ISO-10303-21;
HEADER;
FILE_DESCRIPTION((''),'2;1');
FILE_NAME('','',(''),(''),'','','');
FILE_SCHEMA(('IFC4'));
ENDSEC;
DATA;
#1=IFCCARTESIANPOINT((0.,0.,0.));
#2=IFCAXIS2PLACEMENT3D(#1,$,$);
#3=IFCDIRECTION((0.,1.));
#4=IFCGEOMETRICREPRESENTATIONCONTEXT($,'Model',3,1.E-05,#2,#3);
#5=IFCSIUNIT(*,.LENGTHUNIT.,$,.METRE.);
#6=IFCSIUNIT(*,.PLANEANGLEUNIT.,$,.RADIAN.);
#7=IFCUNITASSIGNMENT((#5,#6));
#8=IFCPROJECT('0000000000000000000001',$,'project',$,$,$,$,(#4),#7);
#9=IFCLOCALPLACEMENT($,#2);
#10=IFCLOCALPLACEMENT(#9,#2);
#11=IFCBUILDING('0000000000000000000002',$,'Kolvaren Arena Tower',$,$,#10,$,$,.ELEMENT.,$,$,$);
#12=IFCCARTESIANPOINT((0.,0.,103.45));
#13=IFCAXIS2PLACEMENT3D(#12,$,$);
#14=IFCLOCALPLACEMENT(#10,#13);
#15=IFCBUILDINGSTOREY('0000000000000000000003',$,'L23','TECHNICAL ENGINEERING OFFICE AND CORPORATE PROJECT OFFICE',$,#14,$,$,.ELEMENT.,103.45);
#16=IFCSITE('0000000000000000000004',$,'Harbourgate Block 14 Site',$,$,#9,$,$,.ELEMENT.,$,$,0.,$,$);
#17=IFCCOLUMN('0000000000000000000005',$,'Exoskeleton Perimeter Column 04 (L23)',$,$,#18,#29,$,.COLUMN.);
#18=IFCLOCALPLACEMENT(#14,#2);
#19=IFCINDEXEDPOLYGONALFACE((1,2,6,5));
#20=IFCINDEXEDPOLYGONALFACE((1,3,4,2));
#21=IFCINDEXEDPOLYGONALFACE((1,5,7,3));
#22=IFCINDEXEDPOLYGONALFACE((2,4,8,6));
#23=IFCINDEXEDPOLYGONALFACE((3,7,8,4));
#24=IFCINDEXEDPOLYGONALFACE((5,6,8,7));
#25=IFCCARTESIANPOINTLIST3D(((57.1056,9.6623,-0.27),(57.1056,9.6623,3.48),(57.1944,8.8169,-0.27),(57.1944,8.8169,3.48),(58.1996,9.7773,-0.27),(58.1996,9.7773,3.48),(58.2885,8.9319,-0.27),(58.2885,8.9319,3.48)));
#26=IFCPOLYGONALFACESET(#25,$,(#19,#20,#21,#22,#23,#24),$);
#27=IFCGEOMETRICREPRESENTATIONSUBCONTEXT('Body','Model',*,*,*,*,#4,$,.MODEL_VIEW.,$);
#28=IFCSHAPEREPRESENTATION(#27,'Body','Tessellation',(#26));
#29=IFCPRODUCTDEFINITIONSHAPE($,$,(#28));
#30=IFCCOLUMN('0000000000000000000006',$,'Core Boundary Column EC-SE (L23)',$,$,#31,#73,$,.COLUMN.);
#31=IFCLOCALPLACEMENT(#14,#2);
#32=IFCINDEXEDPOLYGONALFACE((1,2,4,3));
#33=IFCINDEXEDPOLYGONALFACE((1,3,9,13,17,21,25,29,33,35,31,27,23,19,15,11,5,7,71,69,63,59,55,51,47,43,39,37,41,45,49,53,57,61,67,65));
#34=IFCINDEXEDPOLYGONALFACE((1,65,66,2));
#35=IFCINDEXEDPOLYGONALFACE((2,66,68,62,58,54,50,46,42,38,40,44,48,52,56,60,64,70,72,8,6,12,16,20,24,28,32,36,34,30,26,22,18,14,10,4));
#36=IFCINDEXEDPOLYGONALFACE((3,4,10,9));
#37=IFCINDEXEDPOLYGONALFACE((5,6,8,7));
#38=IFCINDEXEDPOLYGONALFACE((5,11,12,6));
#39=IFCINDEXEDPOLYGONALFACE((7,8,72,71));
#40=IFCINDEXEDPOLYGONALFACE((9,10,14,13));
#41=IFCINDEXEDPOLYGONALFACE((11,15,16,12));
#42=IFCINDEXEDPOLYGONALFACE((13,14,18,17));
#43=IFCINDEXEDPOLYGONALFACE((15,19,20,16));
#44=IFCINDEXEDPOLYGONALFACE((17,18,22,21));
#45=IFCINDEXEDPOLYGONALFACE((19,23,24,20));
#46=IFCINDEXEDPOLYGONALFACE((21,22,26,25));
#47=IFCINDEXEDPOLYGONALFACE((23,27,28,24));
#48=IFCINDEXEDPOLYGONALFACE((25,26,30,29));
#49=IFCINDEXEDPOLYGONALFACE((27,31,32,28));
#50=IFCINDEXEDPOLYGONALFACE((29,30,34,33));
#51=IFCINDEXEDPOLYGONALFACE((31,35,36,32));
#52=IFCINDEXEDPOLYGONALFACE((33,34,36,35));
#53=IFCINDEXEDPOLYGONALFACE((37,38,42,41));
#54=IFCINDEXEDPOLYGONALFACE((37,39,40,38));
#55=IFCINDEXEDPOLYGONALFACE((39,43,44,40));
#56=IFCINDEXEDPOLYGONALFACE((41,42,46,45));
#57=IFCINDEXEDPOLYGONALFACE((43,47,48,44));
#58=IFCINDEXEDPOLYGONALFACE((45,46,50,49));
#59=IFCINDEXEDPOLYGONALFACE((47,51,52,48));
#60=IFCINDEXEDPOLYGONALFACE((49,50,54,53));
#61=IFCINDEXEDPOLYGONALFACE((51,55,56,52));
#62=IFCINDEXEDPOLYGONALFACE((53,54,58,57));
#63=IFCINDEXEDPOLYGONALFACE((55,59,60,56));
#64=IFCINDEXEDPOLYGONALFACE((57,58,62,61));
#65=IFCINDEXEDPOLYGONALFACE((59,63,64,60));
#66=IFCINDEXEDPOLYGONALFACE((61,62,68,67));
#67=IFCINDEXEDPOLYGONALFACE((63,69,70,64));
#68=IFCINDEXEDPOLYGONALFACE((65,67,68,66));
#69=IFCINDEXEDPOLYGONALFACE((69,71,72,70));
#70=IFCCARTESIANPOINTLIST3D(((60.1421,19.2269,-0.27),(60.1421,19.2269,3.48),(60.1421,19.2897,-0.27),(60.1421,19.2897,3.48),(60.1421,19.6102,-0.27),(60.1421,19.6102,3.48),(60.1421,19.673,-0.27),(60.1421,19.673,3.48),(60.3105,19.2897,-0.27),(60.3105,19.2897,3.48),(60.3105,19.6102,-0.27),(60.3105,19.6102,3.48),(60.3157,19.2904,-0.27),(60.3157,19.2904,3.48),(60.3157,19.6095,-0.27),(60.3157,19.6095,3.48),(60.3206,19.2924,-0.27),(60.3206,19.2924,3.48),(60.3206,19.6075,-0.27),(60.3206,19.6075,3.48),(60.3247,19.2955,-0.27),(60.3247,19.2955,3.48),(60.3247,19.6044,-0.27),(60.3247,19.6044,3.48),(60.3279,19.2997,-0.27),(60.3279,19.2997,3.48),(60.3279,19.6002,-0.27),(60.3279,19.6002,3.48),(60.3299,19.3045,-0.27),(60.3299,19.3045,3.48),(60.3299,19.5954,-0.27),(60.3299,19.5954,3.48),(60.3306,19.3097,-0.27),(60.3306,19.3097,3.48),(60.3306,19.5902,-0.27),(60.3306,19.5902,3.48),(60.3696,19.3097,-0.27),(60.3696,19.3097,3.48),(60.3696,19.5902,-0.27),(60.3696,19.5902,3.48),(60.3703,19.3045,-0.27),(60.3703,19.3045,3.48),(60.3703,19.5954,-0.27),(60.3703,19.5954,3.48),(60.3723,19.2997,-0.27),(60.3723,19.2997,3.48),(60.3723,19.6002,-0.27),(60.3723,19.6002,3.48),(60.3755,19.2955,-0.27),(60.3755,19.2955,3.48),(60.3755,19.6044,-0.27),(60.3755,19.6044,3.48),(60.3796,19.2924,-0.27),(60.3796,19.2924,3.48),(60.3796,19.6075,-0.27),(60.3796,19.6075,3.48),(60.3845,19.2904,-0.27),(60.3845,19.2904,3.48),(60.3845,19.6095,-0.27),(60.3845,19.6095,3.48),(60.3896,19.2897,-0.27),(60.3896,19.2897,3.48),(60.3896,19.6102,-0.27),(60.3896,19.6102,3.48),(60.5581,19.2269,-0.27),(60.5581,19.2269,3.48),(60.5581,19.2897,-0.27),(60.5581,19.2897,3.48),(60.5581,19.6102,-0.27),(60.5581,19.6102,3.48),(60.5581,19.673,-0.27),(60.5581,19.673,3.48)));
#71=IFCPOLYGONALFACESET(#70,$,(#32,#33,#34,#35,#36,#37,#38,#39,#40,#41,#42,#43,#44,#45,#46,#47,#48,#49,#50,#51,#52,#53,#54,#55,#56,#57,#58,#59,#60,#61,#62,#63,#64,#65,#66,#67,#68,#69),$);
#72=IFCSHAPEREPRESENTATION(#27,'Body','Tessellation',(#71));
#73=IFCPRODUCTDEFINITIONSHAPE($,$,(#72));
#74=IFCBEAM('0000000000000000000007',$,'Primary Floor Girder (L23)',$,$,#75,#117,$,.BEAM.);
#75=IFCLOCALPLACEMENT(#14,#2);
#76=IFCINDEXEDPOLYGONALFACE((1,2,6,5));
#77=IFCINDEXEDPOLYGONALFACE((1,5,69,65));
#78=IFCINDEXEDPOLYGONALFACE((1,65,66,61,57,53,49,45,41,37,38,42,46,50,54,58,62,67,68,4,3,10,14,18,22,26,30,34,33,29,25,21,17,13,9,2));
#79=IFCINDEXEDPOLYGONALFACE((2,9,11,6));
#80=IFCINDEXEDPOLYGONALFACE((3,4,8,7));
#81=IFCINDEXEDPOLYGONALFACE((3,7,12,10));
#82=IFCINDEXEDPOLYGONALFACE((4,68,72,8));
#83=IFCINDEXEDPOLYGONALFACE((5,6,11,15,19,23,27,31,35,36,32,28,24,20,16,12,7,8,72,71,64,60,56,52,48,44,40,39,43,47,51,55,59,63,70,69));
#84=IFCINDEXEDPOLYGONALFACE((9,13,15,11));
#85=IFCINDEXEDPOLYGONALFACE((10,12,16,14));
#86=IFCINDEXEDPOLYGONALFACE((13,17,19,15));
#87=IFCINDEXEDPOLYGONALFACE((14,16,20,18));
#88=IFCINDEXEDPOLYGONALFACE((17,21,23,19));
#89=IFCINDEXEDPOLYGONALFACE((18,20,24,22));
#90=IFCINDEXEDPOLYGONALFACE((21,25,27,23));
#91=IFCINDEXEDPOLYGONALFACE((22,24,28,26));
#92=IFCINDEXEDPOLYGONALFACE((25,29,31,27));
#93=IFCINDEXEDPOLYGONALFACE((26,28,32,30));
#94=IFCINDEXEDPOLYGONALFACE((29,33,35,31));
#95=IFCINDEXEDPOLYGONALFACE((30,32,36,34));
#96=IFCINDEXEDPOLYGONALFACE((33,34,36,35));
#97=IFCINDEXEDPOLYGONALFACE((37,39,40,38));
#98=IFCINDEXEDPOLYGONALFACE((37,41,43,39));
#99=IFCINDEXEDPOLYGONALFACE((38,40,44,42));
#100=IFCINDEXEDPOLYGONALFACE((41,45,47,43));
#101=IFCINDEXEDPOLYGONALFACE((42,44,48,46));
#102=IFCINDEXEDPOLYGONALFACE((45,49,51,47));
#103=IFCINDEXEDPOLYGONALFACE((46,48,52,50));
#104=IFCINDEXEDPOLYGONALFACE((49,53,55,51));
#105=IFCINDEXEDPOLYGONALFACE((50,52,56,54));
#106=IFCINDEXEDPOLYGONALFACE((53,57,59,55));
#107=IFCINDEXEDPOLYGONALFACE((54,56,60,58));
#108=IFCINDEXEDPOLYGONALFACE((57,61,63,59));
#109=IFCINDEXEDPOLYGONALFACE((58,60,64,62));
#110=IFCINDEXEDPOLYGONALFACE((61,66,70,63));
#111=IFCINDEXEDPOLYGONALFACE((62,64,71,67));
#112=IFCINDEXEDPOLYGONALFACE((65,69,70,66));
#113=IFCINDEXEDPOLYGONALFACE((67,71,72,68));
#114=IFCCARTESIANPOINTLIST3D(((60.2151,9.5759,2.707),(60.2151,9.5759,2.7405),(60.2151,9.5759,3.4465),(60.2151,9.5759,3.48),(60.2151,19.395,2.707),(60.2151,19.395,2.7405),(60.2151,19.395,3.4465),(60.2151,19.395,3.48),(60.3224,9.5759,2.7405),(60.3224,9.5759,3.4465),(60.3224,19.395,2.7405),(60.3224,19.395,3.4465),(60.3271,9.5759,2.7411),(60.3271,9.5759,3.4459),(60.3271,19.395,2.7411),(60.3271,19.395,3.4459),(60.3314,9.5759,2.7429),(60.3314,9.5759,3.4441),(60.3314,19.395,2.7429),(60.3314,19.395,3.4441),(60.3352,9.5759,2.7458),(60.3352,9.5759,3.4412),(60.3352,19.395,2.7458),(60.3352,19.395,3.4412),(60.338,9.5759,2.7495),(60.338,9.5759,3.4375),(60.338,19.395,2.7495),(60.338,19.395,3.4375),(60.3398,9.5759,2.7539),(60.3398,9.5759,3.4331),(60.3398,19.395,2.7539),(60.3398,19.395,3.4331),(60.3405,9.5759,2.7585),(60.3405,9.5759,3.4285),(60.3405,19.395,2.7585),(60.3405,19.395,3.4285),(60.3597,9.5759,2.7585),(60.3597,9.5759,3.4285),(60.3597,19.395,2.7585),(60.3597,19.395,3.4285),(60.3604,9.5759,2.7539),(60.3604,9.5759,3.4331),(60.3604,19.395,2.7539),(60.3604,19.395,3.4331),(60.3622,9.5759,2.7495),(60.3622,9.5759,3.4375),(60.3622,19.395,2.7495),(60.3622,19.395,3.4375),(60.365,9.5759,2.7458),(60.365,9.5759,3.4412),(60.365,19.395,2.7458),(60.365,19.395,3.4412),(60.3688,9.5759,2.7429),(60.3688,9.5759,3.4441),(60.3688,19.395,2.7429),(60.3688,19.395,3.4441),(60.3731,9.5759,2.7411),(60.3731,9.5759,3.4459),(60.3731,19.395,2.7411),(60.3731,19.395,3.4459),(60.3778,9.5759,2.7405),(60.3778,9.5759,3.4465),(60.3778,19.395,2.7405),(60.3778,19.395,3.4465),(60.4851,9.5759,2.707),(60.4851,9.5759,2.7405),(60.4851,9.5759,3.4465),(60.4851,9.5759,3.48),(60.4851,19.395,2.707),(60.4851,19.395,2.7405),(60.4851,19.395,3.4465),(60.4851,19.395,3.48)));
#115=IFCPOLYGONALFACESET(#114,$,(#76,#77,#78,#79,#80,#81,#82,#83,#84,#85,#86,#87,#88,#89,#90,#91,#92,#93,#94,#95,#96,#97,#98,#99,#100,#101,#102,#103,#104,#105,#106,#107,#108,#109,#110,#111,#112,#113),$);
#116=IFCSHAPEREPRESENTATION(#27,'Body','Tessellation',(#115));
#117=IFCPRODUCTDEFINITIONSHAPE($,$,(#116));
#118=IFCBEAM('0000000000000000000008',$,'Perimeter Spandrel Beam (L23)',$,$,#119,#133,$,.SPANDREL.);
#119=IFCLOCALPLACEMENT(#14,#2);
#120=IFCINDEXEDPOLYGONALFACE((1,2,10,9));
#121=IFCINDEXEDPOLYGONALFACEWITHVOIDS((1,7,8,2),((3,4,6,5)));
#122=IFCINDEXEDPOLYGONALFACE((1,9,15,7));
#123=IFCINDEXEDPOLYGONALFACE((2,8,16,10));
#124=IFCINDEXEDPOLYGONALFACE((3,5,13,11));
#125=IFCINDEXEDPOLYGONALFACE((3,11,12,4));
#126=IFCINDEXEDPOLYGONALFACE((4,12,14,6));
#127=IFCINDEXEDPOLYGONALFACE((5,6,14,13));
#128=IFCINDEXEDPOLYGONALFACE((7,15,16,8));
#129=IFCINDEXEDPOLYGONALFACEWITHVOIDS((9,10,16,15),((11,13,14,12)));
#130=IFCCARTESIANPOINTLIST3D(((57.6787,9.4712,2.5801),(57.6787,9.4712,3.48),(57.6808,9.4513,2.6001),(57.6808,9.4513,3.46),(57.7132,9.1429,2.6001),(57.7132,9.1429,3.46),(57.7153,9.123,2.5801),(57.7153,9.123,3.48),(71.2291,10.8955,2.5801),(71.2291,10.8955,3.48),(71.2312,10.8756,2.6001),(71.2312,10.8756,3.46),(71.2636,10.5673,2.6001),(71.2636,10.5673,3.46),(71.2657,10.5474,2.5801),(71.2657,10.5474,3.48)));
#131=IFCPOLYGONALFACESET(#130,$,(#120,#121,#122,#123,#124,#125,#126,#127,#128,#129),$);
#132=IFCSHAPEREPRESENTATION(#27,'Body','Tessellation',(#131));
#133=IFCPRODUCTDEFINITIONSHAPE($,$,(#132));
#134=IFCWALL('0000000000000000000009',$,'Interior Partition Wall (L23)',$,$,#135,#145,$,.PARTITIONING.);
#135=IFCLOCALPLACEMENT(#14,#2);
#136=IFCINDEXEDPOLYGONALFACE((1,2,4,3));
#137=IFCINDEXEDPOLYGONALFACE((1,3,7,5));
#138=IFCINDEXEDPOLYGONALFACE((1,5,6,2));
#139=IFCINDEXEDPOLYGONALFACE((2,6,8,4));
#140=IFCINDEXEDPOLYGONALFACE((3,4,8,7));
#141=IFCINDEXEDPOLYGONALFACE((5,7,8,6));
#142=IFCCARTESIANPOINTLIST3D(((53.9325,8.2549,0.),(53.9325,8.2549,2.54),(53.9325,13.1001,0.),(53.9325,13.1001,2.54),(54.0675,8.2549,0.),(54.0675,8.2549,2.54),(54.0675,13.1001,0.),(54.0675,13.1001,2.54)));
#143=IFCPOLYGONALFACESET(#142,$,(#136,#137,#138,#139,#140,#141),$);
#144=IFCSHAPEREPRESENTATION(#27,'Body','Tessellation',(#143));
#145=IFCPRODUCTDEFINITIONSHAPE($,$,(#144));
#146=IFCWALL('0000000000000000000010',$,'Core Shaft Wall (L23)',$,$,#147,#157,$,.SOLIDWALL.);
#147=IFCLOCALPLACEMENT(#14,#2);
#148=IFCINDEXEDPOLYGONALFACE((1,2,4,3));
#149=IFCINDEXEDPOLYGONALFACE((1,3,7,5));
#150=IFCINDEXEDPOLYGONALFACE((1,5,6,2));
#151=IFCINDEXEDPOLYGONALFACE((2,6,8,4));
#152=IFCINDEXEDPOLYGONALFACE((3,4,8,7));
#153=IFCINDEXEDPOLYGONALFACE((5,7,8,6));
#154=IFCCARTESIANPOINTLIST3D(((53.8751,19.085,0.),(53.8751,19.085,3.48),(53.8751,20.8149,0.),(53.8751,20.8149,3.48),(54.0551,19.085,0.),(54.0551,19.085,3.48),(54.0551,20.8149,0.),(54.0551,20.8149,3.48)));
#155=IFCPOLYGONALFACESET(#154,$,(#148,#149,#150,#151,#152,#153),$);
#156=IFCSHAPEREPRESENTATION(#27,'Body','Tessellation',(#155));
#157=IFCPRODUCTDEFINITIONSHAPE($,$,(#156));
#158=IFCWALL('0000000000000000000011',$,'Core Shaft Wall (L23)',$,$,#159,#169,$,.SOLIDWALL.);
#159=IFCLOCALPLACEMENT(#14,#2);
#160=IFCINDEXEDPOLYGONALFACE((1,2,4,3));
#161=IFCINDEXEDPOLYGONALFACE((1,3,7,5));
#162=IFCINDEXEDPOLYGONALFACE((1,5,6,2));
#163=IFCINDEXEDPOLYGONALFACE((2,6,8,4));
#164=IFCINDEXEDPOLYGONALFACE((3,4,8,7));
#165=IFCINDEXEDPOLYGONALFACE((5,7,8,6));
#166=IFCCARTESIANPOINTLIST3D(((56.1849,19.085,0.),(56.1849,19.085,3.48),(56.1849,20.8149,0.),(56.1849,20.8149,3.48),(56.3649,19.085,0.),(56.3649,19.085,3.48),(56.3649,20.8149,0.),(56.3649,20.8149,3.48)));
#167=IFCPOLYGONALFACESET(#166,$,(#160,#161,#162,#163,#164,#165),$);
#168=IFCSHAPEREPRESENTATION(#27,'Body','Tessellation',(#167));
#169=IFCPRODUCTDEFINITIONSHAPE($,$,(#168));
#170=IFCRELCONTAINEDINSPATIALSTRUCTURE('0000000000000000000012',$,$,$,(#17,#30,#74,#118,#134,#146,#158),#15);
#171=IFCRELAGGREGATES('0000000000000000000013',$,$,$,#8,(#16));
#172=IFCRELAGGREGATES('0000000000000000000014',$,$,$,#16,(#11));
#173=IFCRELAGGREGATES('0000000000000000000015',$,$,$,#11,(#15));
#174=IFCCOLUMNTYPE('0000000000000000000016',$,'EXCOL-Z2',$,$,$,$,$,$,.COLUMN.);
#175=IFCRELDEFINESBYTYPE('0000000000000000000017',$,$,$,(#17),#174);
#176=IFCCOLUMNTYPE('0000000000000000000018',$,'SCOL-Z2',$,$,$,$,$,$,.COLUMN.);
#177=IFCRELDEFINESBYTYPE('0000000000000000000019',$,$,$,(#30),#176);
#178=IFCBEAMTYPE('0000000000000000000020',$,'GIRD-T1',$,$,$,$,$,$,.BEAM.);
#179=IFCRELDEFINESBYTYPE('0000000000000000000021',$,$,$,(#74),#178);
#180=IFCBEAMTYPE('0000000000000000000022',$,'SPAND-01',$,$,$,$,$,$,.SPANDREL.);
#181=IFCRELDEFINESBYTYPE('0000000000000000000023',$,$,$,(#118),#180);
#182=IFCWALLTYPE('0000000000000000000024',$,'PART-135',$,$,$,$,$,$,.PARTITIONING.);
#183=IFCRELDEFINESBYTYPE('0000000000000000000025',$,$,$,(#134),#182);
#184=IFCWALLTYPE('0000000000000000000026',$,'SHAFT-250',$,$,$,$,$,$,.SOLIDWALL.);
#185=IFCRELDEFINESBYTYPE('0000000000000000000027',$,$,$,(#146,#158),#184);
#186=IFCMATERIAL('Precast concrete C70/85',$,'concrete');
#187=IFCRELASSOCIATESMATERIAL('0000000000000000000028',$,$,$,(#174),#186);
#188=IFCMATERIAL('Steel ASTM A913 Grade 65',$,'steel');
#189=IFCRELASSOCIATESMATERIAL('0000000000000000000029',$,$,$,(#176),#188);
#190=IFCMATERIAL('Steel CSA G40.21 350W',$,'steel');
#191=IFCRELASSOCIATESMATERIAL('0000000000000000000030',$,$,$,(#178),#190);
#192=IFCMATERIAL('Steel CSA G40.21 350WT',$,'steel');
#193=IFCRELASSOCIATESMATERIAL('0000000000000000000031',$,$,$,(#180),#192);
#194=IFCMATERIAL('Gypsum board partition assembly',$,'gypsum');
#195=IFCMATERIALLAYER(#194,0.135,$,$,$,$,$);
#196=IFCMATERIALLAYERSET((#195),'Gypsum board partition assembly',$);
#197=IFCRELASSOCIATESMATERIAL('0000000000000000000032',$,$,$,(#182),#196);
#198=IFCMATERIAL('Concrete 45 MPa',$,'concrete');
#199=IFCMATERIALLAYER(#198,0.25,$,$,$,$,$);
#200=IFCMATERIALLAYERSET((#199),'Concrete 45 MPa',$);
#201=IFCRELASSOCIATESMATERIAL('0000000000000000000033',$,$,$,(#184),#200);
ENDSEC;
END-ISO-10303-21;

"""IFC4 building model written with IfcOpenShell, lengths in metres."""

from ifc_helpers import new_model, si_unit, direction, frame, frame_2d, origin, origin_2d, place, context, subcontext, project, spatial, rectangle, hollow_rectangle, i_section, extrude, material, layer, layer_set, material_profile, profile_set, type_object, element, save


model = new_model("IFC4")

# Units and contexts
model_context = context("Model", 3, precision=1e-05, world=origin(), true_north=direction((0.0, 1.0)))
body_context = subcontext(model_context, "Body", "Model", "MODEL_VIEW")
ifc_project = project(units=[si_unit("LENGTHUNIT", "METRE"), si_unit("PLANEANGLEUNIT", "RADIAN")], contexts=[model_context])

# Site, building, storey
site_placement = place(None, origin())
site = spatial("IfcSite", under=ifc_project, at=site_placement, Name="Harbourgate Block 14 Site", CompositionType="ELEMENT", RefElevation=0.0)
building_placement = place(site_placement, origin())
building = spatial("IfcBuilding", under=site, at=building_placement, Name="Kolvaren Arena Tower", CompositionType="ELEMENT")
storey_placement = place(building_placement, frame((0.0, 0.0, 103.45)))
storey = spatial("IfcBuildingStorey", under=building, at=storey_placement, Name="L23", Description="TECHNICAL ENGINEERING OFFICE AND CORPORATE PROJECT OFFICE", CompositionType="ELEMENT", Elevation=103.45)

# Columns
ifc_material_1 = material(Name="Precast concrete C70/85", Category="concrete")
ifc_material_profile_1 = material_profile(ifc_material_1, rectangle(XDim=1.1001, YDim=0.8501, at=origin_2d()), Name="RC-1100x850")
ifc_profile_set_1 = profile_set([ifc_material_profile_1], Name="Precast concrete C70/85")
column_type_1 = type_object("IfcColumnType", Name="EXCOL-Z2", PredefinedType="COLUMN", material=ifc_profile_set_1)
column_1_placement = place(storey_placement, frame((57.697, 9.2971, -0.27), z_axis=(0.0, 0.0, 1.0), x_axis=(0.994522, 0.104528, 0.0)))
element("IfcColumn", 1, at=column_1_placement, inside=storey, type_object=column_type_1, Name="Exoskeleton Perimeter Column 04 (L23)", PredefinedType="COLUMN", context=body_context, shape_type="SweptSolid", body=[
    extrude(rectangle(XDim=1.1001, YDim=0.8501, at=origin_2d()), origin(), (0.0, 0.0, 1.0), 3.75),
])
ifc_material_2 = material(Name="Steel ASTM A913 Grade 65", Category="steel")
ifc_material_profile_2 = material_profile(ifc_material_2, i_section(OverallWidth=0.416, OverallDepth=0.446, WebThickness=0.0391, FlangeThickness=0.0627, FilletRadius=0.02, at=origin_2d()), Name="W360x509")
ifc_profile_set_2 = profile_set([ifc_material_profile_2], Name="Steel ASTM A913 Grade 65")
column_type_2 = type_object("IfcColumnType", Name="SCOL-Z2", PredefinedType="COLUMN", material=ifc_profile_set_2)
column_2_placement = place(storey_placement, frame((60.3501, 19.45, -0.27), z_axis=(0.0, 0.0, 1.0), x_axis=(1.0, 0.0, 0.0)))
element("IfcColumn", 2, at=column_2_placement, inside=storey, type_object=column_type_2, Name="Core Boundary Column EC-SE (L23)", PredefinedType="COLUMN", context=body_context, shape_type="SweptSolid", body=[
    extrude(i_section(OverallWidth=0.416, OverallDepth=0.446, WebThickness=0.0391, FlangeThickness=0.0627, FilletRadius=0.02, at=origin_2d()), origin(), (0.0, 0.0, 1.0), 3.75),
])

# Beams
ifc_material_3 = material(Name="Steel CSA G40.21 350W", Category="steel")
ifc_material_profile_3 = material_profile(ifc_material_3, i_section(OverallWidth=0.27, OverallDepth=0.7729, WebThickness=0.0193, FlangeThickness=0.0334, FilletRadius=0.0181, at=origin_2d()), Name="W760x257")
ifc_profile_set_3 = profile_set([ifc_material_profile_3], Name="Steel CSA G40.21 350W")
beam_type_1 = type_object("IfcBeamType", Name="GIRD-T1", PredefinedType="BEAM", material=ifc_profile_set_3)
beam_1_placement = place(storey_placement, frame((60.3501, 9.5759, 3.0935), z_axis=(0.0, 1.0, 0.0), x_axis=(-1.0, 0.0, 0.0)))
element("IfcBeam", 3, at=beam_1_placement, inside=storey, type_object=beam_type_1, Name="Primary Floor Girder (L23)", PredefinedType="BEAM", context=body_context, shape_type="SweptSolid", body=[
    extrude(i_section(OverallWidth=0.27, OverallDepth=0.7729, WebThickness=0.0193, FlangeThickness=0.0334, FilletRadius=0.0181, at=origin_2d()), origin(), (0.0, 0.0, 1.0), 9.8191),
])
ifc_material_4 = material(Name="Steel CSA G40.21 350WT", Category="steel")
ifc_material_profile_4 = material_profile(ifc_material_4, hollow_rectangle(XDim=0.3501, YDim=0.8999, WallThickness=0.02, at=origin_2d()), Name="HSS 900x350x20")
ifc_profile_set_4 = profile_set([ifc_material_profile_4], Name="Steel CSA G40.21 350WT")
beam_type_2 = type_object("IfcBeamType", Name="SPAND-01", PredefinedType="SPANDREL", material=ifc_profile_set_4)
beam_2_placement = place(storey_placement, frame((57.697, 9.2971, 3.03), z_axis=(0.994521, 0.104537, 0.0), x_axis=(-0.104537, 0.994521, 0.0)))
element("IfcBeam", 4, at=beam_2_placement, inside=storey, type_object=beam_type_2, Name="Perimeter Spandrel Beam (L23)", PredefinedType="SPANDREL", context=body_context, shape_type="SweptSolid", body=[
    extrude(hollow_rectangle(XDim=0.3501, YDim=0.8999, WallThickness=0.02, at=origin_2d()), origin(), (0.0, 0.0, 1.0), 13.625),
])

# Walls
ifc_material_5 = material(Name="Gypsum board partition assembly", Category="gypsum")
ifc_layer_1 = layer(ifc_material_5, 0.135)
ifc_layer_set_1 = layer_set([ifc_layer_1], Name="Gypsum board partition assembly")
wall_type_1 = type_object("IfcWallType", Name="PART-135", PredefinedType="PARTITIONING", material=ifc_layer_set_1)
wall_1_placement = place(storey_placement, frame((54.0, 8.2549, 0.0), z_axis=(0.0, 0.0, 1.0), x_axis=(0.0, 1.0, 0.0)))
element("IfcWall", 5, at=wall_1_placement, inside=storey, type_object=wall_type_1, Name="Interior Partition Wall (L23)", PredefinedType="PARTITIONING", context=body_context, shape_type="SweptSolid", body=[
    extrude(rectangle(XDim=4.8452, YDim=0.135, at=frame_2d((2.4226, 0.0))), origin(), (0.0, 0.0, 1.0), 2.54),
])
ifc_material_6 = material(Name="Concrete 45 MPa", Category="concrete")
ifc_layer_2 = layer(ifc_material_6, 0.25)
ifc_layer_set_2 = layer_set([ifc_layer_2], Name="Concrete 45 MPa")
wall_type_2 = type_object("IfcWallType", Name="SHAFT-250", PredefinedType="SOLIDWALL", material=ifc_layer_set_2)
for number, where, z_axis, x_axis, name in (
    (6, (53.9651, 19.085, 0.0), (0.0, 0.0, 1.0), (0.0, 1.0, 0.0), "Core Shaft Wall (L23)"),
    (7, (56.2749, 19.085, 0.0), (0.0, 0.0, 1.0), (0.0, 1.0, 0.0), "Core Shaft Wall (L23)"),
):
    element("IfcWall", number, at=place(storey_placement, frame(where, z_axis=z_axis, x_axis=x_axis)), inside=storey, type_object=wall_type_2, Name=name, PredefinedType="SOLIDWALL", context=body_context, shape_type="SweptSolid", body=[
        extrude(rectangle(XDim=1.73, YDim=0.1799, at=frame_2d((0.865, 0.0))), origin(), (0.0, 0.0, 1.0), 3.48),
    ])

save(model, "model.ifc")
